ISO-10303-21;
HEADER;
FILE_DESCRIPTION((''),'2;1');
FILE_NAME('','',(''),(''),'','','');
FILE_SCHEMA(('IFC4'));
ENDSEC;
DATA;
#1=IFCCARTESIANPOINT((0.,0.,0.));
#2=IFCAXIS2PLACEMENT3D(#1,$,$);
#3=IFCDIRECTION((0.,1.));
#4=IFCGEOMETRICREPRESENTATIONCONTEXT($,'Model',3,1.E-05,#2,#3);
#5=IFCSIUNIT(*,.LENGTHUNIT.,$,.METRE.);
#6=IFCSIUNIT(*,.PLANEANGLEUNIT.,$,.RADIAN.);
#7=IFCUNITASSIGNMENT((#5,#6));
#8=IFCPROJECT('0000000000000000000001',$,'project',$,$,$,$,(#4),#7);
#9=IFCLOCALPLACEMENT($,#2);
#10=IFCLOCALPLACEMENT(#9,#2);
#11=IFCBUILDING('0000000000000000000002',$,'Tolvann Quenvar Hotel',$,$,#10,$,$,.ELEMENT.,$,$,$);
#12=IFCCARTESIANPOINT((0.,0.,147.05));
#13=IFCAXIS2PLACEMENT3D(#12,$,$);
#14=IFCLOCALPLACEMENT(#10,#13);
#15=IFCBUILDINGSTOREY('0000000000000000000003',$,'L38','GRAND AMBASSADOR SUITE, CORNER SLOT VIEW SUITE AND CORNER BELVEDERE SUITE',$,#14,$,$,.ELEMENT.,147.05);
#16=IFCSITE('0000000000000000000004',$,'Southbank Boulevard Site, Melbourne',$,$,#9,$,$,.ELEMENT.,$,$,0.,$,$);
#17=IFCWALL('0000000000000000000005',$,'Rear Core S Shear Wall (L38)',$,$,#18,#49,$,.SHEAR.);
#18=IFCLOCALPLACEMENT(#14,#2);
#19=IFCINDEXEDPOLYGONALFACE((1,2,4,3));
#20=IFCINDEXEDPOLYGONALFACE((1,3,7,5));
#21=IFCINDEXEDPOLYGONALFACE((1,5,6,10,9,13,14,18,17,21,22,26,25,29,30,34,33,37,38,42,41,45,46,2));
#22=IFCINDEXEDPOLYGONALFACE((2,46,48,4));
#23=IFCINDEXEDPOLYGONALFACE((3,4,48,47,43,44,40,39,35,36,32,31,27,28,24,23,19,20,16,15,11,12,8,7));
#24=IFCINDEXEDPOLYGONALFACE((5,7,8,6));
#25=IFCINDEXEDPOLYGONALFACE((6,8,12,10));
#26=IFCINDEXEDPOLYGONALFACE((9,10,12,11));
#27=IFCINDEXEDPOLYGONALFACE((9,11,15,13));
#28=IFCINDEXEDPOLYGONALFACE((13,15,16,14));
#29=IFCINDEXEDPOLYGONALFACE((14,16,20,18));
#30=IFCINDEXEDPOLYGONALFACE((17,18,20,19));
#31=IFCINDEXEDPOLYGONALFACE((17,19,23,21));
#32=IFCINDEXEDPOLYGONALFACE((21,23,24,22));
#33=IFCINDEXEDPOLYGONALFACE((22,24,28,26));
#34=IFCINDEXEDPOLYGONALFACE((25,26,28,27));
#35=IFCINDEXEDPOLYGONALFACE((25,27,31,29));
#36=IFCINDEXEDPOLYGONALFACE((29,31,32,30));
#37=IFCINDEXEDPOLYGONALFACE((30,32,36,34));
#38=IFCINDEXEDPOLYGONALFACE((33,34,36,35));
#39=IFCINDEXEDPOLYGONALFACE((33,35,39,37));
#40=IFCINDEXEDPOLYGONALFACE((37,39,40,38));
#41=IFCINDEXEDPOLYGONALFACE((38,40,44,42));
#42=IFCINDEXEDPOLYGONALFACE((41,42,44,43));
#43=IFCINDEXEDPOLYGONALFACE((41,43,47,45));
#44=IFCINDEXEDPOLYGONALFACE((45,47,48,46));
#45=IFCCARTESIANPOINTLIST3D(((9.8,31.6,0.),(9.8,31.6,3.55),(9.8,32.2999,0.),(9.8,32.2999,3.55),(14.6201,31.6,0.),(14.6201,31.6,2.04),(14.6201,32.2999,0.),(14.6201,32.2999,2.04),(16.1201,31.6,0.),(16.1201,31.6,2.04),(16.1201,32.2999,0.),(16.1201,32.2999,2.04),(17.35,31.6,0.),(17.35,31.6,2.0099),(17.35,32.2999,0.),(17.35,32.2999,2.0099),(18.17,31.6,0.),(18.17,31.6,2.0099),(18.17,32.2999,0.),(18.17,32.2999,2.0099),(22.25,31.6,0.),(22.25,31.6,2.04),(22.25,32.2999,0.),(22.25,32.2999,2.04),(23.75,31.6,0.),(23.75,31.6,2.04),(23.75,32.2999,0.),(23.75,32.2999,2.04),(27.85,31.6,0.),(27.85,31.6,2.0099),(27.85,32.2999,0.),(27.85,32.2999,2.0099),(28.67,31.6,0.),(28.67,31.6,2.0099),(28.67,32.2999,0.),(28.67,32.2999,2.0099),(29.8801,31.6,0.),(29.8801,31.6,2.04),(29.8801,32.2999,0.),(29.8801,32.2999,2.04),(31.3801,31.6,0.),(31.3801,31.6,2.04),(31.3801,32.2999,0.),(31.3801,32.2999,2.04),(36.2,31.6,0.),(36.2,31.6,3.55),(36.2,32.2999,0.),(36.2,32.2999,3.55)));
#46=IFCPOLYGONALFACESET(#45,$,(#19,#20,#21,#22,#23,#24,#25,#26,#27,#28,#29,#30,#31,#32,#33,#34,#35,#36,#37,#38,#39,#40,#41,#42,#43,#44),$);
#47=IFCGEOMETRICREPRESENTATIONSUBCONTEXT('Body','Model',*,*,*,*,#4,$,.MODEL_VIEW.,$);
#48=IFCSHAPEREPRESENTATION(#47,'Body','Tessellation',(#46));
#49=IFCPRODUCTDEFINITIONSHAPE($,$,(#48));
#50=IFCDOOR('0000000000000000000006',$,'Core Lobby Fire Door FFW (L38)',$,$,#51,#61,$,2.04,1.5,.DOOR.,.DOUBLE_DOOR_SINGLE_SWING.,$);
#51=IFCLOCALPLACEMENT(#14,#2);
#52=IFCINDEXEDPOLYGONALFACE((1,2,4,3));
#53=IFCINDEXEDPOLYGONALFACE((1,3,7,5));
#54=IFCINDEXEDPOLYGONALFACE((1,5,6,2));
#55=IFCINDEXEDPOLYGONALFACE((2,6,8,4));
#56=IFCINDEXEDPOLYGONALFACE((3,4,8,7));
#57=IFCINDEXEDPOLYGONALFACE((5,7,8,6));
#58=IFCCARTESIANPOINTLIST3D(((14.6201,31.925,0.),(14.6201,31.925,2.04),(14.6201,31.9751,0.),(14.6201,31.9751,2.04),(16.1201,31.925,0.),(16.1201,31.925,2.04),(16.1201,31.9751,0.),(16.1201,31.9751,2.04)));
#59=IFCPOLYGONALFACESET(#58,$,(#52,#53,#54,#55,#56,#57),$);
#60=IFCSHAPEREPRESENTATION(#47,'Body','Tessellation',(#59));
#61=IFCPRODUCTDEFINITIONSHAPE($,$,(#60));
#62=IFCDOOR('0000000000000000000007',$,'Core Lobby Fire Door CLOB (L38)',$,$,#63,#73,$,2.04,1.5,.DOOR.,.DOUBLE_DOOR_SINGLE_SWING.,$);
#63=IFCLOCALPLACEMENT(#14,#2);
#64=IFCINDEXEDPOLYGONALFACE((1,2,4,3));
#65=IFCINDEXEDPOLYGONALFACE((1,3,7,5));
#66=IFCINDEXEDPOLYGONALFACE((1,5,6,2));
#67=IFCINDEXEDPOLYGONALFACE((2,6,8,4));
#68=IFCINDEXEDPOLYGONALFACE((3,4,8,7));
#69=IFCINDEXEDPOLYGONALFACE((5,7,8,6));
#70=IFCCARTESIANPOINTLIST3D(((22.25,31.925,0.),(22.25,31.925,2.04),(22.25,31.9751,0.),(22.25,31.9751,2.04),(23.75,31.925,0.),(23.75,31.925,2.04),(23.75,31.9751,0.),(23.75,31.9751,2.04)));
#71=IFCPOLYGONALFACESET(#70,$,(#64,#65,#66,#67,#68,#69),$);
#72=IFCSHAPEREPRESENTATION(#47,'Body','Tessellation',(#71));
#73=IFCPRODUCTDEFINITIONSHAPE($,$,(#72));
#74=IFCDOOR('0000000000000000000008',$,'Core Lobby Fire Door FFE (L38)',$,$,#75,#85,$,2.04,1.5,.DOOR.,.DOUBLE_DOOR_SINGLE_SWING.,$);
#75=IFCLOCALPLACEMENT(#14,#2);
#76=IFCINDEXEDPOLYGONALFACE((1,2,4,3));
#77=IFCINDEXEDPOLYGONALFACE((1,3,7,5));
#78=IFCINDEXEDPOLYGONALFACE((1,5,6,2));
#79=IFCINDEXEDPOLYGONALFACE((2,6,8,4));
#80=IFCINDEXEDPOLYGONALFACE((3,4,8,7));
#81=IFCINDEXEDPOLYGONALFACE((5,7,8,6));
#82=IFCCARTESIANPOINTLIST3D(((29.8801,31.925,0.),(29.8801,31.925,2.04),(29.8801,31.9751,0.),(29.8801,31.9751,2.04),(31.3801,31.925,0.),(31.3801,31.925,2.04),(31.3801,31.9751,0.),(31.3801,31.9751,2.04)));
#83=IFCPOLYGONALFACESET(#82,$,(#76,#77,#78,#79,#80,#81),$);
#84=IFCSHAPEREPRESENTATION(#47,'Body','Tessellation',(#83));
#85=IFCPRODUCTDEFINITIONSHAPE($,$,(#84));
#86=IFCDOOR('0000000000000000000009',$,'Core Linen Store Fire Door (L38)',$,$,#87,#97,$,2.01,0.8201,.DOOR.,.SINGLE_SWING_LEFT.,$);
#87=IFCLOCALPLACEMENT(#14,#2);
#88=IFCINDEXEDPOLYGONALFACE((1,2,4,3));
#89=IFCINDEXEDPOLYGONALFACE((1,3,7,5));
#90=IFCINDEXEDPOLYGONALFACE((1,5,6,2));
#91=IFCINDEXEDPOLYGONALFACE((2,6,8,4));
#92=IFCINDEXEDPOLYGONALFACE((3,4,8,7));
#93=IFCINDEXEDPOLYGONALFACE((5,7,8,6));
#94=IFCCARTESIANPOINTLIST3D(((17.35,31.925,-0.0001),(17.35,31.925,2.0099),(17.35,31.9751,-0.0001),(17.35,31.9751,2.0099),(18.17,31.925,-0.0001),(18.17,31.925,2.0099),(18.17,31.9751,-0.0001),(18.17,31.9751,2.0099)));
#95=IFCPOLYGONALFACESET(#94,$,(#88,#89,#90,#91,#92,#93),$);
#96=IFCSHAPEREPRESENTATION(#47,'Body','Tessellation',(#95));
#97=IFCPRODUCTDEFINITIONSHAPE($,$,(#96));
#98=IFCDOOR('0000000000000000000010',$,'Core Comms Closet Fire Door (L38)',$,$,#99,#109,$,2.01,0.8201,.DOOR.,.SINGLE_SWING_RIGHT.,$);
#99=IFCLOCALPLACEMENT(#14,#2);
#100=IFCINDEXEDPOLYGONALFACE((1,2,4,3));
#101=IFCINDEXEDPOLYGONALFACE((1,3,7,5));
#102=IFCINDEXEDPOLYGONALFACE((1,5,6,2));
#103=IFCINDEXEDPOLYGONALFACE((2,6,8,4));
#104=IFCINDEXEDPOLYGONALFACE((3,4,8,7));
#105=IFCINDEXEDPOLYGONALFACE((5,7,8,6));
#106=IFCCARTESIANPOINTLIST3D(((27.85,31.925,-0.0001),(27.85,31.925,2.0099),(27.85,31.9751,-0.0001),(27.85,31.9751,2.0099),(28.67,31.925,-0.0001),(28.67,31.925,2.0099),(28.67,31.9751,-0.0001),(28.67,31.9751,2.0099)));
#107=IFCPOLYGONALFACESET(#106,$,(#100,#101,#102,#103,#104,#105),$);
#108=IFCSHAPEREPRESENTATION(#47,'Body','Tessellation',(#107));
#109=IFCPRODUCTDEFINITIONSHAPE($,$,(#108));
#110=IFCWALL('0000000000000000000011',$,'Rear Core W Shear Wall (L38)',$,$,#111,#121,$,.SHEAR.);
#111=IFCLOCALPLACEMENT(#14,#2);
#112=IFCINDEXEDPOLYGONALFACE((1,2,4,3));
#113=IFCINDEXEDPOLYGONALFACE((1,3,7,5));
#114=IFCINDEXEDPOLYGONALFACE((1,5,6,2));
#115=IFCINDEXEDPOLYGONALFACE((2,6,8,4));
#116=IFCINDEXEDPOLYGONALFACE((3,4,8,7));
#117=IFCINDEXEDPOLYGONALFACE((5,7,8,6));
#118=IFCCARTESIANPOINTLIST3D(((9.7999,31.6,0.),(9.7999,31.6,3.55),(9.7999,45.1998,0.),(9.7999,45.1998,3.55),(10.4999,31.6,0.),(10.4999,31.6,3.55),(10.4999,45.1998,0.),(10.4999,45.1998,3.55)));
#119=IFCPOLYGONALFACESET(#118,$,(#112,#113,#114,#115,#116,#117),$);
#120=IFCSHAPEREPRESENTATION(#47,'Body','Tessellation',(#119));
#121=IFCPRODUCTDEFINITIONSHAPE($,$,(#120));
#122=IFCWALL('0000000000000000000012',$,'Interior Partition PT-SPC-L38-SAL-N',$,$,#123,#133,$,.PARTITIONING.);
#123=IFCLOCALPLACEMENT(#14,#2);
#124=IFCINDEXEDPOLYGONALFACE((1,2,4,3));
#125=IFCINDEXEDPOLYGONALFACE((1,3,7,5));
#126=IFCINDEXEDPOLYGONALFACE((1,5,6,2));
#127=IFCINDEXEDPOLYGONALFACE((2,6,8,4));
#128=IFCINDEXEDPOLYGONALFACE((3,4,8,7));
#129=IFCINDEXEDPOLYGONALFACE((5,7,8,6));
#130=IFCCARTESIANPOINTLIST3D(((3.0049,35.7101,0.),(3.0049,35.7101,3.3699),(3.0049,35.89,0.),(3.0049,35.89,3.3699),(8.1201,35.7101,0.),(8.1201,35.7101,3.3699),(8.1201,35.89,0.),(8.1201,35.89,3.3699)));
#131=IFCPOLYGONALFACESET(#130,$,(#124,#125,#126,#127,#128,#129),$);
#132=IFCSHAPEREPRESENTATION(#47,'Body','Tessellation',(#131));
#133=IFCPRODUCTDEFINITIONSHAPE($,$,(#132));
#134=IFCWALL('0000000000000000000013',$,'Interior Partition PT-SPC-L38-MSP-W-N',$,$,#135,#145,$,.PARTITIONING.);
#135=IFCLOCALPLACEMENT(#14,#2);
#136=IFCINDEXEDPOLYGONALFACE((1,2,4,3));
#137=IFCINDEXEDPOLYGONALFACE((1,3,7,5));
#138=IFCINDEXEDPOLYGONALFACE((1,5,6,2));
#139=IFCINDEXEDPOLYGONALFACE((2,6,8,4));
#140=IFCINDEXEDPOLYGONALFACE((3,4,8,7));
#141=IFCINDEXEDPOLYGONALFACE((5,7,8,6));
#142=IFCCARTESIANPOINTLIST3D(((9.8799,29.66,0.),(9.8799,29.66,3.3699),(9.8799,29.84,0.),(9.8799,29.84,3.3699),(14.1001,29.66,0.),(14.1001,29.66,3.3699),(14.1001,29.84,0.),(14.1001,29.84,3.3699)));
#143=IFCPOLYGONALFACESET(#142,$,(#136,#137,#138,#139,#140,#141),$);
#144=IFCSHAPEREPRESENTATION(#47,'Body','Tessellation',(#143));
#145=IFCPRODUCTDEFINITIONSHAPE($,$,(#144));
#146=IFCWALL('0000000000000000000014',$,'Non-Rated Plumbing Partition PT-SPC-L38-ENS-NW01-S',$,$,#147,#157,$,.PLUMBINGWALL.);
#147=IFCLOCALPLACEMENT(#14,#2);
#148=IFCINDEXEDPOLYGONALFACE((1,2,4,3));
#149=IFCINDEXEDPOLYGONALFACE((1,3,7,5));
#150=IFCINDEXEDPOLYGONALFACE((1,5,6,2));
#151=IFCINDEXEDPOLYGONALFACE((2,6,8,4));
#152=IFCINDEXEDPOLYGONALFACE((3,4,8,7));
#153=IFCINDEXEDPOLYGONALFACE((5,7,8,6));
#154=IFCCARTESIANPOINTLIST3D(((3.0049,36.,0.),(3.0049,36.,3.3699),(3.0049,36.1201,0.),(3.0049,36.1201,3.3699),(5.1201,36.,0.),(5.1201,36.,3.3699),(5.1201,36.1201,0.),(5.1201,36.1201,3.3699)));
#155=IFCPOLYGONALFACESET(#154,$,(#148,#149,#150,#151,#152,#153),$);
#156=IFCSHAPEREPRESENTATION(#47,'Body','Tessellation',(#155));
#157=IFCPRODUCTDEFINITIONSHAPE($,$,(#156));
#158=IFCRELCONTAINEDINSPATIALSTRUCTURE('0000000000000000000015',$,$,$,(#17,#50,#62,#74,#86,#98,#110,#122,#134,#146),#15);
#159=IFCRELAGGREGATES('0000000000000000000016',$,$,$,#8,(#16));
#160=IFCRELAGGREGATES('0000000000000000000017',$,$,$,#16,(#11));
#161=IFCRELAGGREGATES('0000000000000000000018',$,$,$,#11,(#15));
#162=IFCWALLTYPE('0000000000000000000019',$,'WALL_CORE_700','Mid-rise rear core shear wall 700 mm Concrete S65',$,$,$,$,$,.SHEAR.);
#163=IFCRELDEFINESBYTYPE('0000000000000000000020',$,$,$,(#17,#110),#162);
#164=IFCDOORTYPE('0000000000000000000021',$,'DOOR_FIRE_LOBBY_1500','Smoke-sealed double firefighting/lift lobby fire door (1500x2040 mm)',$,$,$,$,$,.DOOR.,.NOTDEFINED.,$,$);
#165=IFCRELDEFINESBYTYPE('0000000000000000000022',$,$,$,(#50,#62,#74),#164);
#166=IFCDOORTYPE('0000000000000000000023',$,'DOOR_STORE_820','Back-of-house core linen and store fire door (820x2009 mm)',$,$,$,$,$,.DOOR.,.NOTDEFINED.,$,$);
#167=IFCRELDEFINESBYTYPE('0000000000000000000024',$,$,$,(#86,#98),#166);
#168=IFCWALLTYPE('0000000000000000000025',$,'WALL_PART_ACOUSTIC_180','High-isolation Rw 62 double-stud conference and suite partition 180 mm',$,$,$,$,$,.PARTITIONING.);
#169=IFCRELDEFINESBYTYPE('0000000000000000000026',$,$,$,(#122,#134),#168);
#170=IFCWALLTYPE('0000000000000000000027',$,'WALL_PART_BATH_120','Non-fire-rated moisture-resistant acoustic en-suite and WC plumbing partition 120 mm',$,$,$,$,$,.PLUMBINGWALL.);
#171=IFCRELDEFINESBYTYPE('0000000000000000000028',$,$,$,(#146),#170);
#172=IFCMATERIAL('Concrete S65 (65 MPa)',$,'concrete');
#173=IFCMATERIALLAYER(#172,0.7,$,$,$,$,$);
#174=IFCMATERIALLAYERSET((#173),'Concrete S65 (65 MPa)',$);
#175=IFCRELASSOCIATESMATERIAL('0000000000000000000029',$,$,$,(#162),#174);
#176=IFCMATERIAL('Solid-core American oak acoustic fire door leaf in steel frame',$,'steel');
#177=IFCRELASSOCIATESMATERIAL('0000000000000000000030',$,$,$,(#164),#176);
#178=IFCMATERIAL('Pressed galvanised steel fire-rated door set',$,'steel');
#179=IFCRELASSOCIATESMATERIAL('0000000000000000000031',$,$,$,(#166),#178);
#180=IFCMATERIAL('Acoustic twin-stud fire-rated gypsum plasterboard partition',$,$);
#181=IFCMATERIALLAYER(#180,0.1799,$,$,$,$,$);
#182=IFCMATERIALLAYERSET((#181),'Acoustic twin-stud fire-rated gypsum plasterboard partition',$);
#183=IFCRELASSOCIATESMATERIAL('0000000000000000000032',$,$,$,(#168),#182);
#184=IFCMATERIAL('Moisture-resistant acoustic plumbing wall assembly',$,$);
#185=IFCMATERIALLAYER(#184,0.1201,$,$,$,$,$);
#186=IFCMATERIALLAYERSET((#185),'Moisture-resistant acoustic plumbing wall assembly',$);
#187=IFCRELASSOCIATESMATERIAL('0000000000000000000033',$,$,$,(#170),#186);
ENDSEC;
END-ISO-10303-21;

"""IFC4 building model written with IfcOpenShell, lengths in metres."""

from ifc_helpers import new_model, si_unit, direction, frame, frame_2d, origin, place, context, subcontext, project, spatial, rectangle, extrude, source, transform, mapped, material, layer, layer_set, type_object, type_shapes, element, fill, save


model = new_model("IFC4")

# Units and contexts
model_context = context("Model", 3, precision=1e-05, world=origin(), true_north=direction((0.0, 1.0)))
body_context = subcontext(model_context, "Body", "Model", "MODEL_VIEW")
ifc_project = project(units=[si_unit("LENGTHUNIT", "METRE"), si_unit("PLANEANGLEUNIT", "RADIAN")], contexts=[model_context])

# Site, building, storey
site_placement = place(None, origin())
site = spatial("IfcSite", under=ifc_project, at=site_placement, Name="Southbank Boulevard Site, Melbourne", CompositionType="ELEMENT", RefElevation=0.0)
building_placement = place(site_placement, origin())
building = spatial("IfcBuilding", under=site, at=building_placement, Name="Tolvann Quenvar Hotel", CompositionType="ELEMENT")
storey_placement = place(building_placement, frame((0.0, 0.0, 147.05)))
storey = spatial("IfcBuildingStorey", under=building, at=storey_placement, Name="L38", Description="GRAND AMBASSADOR SUITE, CORNER SLOT VIEW SUITE AND CORNER BELVEDERE SUITE", CompositionType="ELEMENT", Elevation=147.05)

# Wall, openings, doors
ifc_material_1 = material(Name="Concrete S65 (65 MPa)", Category="concrete")
ifc_layer_1 = layer(ifc_material_1, 0.7)
ifc_layer_set_1 = layer_set([ifc_layer_1], Name="Concrete S65 (65 MPa)")
wall_type_1 = type_object("IfcWallType", Name="WALL_CORE_700", Description="Mid-rise rear core shear wall 700 mm Concrete S65", PredefinedType="SHEAR", material=ifc_layer_set_1)
wall_1_placement = place(storey_placement, frame((9.8, 31.95, 0.0), z_axis=(0.0, 0.0, 1.0), x_axis=(1.0, 0.0, 0.0)))
wall_1 = element("IfcWall", 1, at=wall_1_placement, inside=storey, type_object=wall_type_1, Name="Rear Core S Shear Wall (L38)", PredefinedType="SHEAR", context=body_context, shape_type="SweptSolid", body=[
    extrude(rectangle(XDim=26.3999, YDim=0.7, at=frame_2d((13.2, 0.0))), origin(), (0.0, 0.0, 1.0), 3.55),
])
opening_1_placement = place(wall_1_placement, frame((6.3201, 0.0, 0.0), z_axis=(0.0, 0.0, 1.0), x_axis=(-1.0, 0.0, 0.0)))
opening_1 = element("IfcOpeningElement", 2, at=opening_1_placement, cuts=wall_1, PredefinedType="OPENING", context=body_context, shape_type="SweptSolid", body=[
    extrude(rectangle(XDim=1.5, YDim=2.04, at=frame_2d((0.75, 1.02))), frame((0.0, 0.3599, 0.0), z_axis=(0.0, -1.0, 0.0), x_axis=(1.0, 0.0, 0.0)), (0.0, 0.0, 1.0), 0.72),
])
opening_2_placement = place(wall_1_placement, frame((13.95, 0.0, 0.0), z_axis=(0.0, 0.0, 1.0), x_axis=(-1.0, 0.0, 0.0)))
opening_2 = element("IfcOpeningElement", 3, at=opening_2_placement, cuts=wall_1, PredefinedType="OPENING", context=body_context, shape_type="SweptSolid", body=[
    extrude(rectangle(XDim=1.5, YDim=2.04, at=frame_2d((0.75, 1.02))), frame((0.0, 0.3599, 0.0), z_axis=(0.0, -1.0, 0.0), x_axis=(1.0, 0.0, 0.0)), (0.0, 0.0, 1.0), 0.72),
])
opening_3_placement = place(wall_1_placement, frame((21.5801, 0.0, 0.0), z_axis=(0.0, 0.0, 1.0), x_axis=(-1.0, 0.0, 0.0)))
opening_3 = element("IfcOpeningElement", 4, at=opening_3_placement, cuts=wall_1, PredefinedType="OPENING", context=body_context, shape_type="SweptSolid", body=[
    extrude(rectangle(XDim=1.5, YDim=2.04, at=frame_2d((0.75, 1.02))), frame((0.0, 0.3599, 0.0), z_axis=(0.0, -1.0, 0.0), x_axis=(1.0, 0.0, 0.0)), (0.0, 0.0, 1.0), 0.72),
])
opening_4_placement = place(wall_1_placement, frame((8.3701, 0.0, 0.0), z_axis=(0.0, 0.0, 1.0), x_axis=(-1.0, 0.0, 0.0)))
opening_4 = element("IfcOpeningElement", 5, at=opening_4_placement, cuts=wall_1, PredefinedType="OPENING", context=body_context, shape_type="SweptSolid", body=[
    extrude(rectangle(XDim=0.8201, YDim=2.01, at=frame_2d((0.4102, 1.0049))), frame((0.0, 0.3599, 0.0), z_axis=(0.0, -1.0, 0.0), x_axis=(1.0, 0.0, 0.0)), (0.0, 0.0, 1.0), 0.72),
])
opening_5_placement = place(wall_1_placement, frame((18.8701, 0.0, 0.0), z_axis=(0.0, 0.0, 1.0), x_axis=(-1.0, 0.0, 0.0)))
opening_5 = element("IfcOpeningElement", 6, at=opening_5_placement, cuts=wall_1, PredefinedType="OPENING", context=body_context, shape_type="SweptSolid", body=[
    extrude(rectangle(XDim=0.8201, YDim=2.01, at=frame_2d((0.4102, 1.0049))), frame((0.0, 0.3599, 0.0), z_axis=(0.0, -1.0, 0.0), x_axis=(1.0, 0.0, 0.0)), (0.0, 0.0, 1.0), 0.72),
])
ifc_material_2 = material(Name="Solid-core American oak acoustic fire door leaf in steel frame", Category="steel")
door_type_1 = type_object("IfcDoorType", Name="DOOR_FIRE_LOBBY_1500", Description="Smoke-sealed double firefighting/lift lobby fire door (1500x2040 mm)", OperationType="NOTDEFINED", PredefinedType="DOOR", material=ifc_material_2)
shared_shape_1 = source(origin(), body_context, "Body", "SweptSolid", [
    extrude(rectangle(XDim=1.5, YDim=2.04, at=frame_2d((0.75, 1.02))), frame((0.0, 0.0249, 0.0), z_axis=(0.0, -1.0, 0.0), x_axis=(1.0, 0.0, 0.0)), (0.0, 0.0, 1.0), 0.05),
])
type_shapes(door_type_1, [shared_shape_1])
door_1_placement = place(opening_1_placement, origin())
door_1 = element("IfcDoor", 7, at=door_1_placement, inside=storey, type_object=door_type_1, Name="Core Lobby Fire Door FFW (L38)", OperationType="DOUBLE_DOOR_SINGLE_SWING", OverallHeight=2.04, OverallWidth=1.5, PredefinedType="DOOR", context=body_context, shape_type="MappedRepresentation", body=[
    mapped(shared_shape_1, transform((0.0, 0.0, 0.0), x_axis=(1.0, 0.0, 0.0), y_axis=(0.0, 1.0, 0.0), z_axis=(0.0, 0.0, 1.0), scale=1.0)),
])
fill(opening_1, door_1)
door_2_placement = place(opening_2_placement, origin())
door_2 = element("IfcDoor", 8, at=door_2_placement, inside=storey, type_object=door_type_1, Name="Core Lobby Fire Door CLOB (L38)", OperationType="DOUBLE_DOOR_SINGLE_SWING", OverallHeight=2.04, OverallWidth=1.5, PredefinedType="DOOR", context=body_context, shape_type="MappedRepresentation", body=[
    mapped(shared_shape_1, transform((0.0, 0.0, 0.0), x_axis=(1.0, 0.0, 0.0), y_axis=(0.0, 1.0, 0.0), z_axis=(0.0, 0.0, 1.0), scale=1.0)),
])
fill(opening_2, door_2)
door_3_placement = place(opening_3_placement, origin())
door_3 = element("IfcDoor", 9, at=door_3_placement, inside=storey, type_object=door_type_1, Name="Core Lobby Fire Door FFE (L38)", OperationType="DOUBLE_DOOR_SINGLE_SWING", OverallHeight=2.04, OverallWidth=1.5, PredefinedType="DOOR", context=body_context, shape_type="MappedRepresentation", body=[
    mapped(shared_shape_1, transform((0.0, 0.0, 0.0), x_axis=(1.0, 0.0, 0.0), y_axis=(0.0, 1.0, 0.0), z_axis=(0.0, 0.0, 1.0), scale=1.0)),
])
fill(opening_3, door_3)
ifc_material_3 = material(Name="Pressed galvanised steel fire-rated door set", Category="steel")
door_type_2 = type_object("IfcDoorType", Name="DOOR_STORE_820", Description="Back-of-house core linen and store fire door (820x2009 mm)", OperationType="NOTDEFINED", PredefinedType="DOOR", material=ifc_material_3)
shared_shape_2 = source(origin(), body_context, "Body", "SweptSolid", [
    extrude(rectangle(XDim=0.8201, YDim=2.01, at=frame_2d((0.4102, 1.0049))), frame((0.0, 0.0249, 0.0), z_axis=(0.0, -1.0, 0.0), x_axis=(1.0, 0.0, 0.0)), (0.0, 0.0, 1.0), 0.05),
])
type_shapes(door_type_2, [shared_shape_2])
door_4_placement = place(opening_4_placement, origin())
door_4 = element("IfcDoor", 10, at=door_4_placement, inside=storey, type_object=door_type_2, Name="Core Linen Store Fire Door (L38)", OperationType="SINGLE_SWING_LEFT", OverallHeight=2.01, OverallWidth=0.8201, PredefinedType="DOOR", context=body_context, shape_type="MappedRepresentation", body=[
    mapped(shared_shape_2, transform((0.0, 0.0, 0.0), x_axis=(1.0, 0.0, 0.0), y_axis=(0.0, 1.0, 0.0), z_axis=(0.0, 0.0, 1.0), scale=1.0)),
])
fill(opening_4, door_4)
door_5_placement = place(opening_5_placement, origin())
door_5 = element("IfcDoor", 11, at=door_5_placement, inside=storey, type_object=door_type_2, Name="Core Comms Closet Fire Door (L38)", OperationType="SINGLE_SWING_RIGHT", OverallHeight=2.01, OverallWidth=0.8201, PredefinedType="DOOR", context=body_context, shape_type="MappedRepresentation", body=[
    mapped(shared_shape_2, transform((0.0, 0.0, 0.0), x_axis=(1.0, 0.0, 0.0), y_axis=(0.0, 1.0, 0.0), z_axis=(0.0, 0.0, 1.0), scale=1.0)),
])
fill(opening_5, door_5)

# Walls
wall_2_placement = place(storey_placement, frame((10.1499, 31.6001, 0.0), z_axis=(0.0, 0.0, 1.0), x_axis=(0.0, 1.0, 0.0)))
element("IfcWall", 12, at=wall_2_placement, inside=storey, type_object=wall_type_1, Name="Rear Core W Shear Wall (L38)", PredefinedType="SHEAR", context=body_context, shape_type="SweptSolid", body=[
    extrude(rectangle(XDim=13.5999, YDim=0.7, at=frame_2d((6.7998, 0.0))), origin(), (0.0, 0.0, 1.0), 3.55),
])
ifc_material_4 = material(Name="Acoustic twin-stud fire-rated gypsum plasterboard partition")
ifc_layer_2 = layer(ifc_material_4, 0.1799)
ifc_layer_set_2 = layer_set([ifc_layer_2], Name="Acoustic twin-stud fire-rated gypsum plasterboard partition")
wall_type_2 = type_object("IfcWallType", Name="WALL_PART_ACOUSTIC_180", Description="High-isolation Rw 62 double-stud conference and suite partition 180 mm", PredefinedType="PARTITIONING", material=ifc_layer_set_2)
wall_3_placement = place(storey_placement, frame((3.0049, 35.8, 0.0), z_axis=(0.0, 0.0, 1.0), x_axis=(1.0, 0.0, 0.0)))
element("IfcWall", 13, at=wall_3_placement, inside=storey, type_object=wall_type_2, Name="Interior Partition PT-SPC-L38-SAL-N", PredefinedType="PARTITIONING", context=body_context, shape_type="SweptSolid", body=[
    extrude(rectangle(XDim=5.1152, YDim=0.1799, at=frame_2d((2.5576, 0.0))), origin(), (0.0, 0.0, 1.0), 3.3699),
])
wall_4_placement = place(storey_placement, frame((9.8799, 29.75, 0.0), z_axis=(0.0, 0.0, 1.0), x_axis=(1.0, 0.0, 0.0)))
element("IfcWall", 14, at=wall_4_placement, inside=storey, type_object=wall_type_2, Name="Interior Partition PT-SPC-L38-MSP-W-N", PredefinedType="PARTITIONING", context=body_context, shape_type="SweptSolid", body=[
    extrude(rectangle(XDim=4.2202, YDim=0.1799, at=frame_2d((2.1101, 0.0))), origin(), (0.0, 0.0, 1.0), 3.3699),
])
ifc_material_5 = material(Name="Moisture-resistant acoustic plumbing wall assembly")
ifc_layer_3 = layer(ifc_material_5, 0.1201)
ifc_layer_set_3 = layer_set([ifc_layer_3], Name="Moisture-resistant acoustic plumbing wall assembly")
wall_type_3 = type_object("IfcWallType", Name="WALL_PART_BATH_120", Description="Non-fire-rated moisture-resistant acoustic en-suite and WC plumbing partition 120 mm", PredefinedType="PLUMBINGWALL", material=ifc_layer_set_3)
wall_5_placement = place(storey_placement, frame((3.0049, 36.0601, 0.0), z_axis=(0.0, 0.0, 1.0), x_axis=(1.0, 0.0, 0.0)))
element("IfcWall", 15, at=wall_5_placement, inside=storey, type_object=wall_type_3, Name="Non-Rated Plumbing Partition PT-SPC-L38-ENS-NW01-S", PredefinedType="PLUMBINGWALL", context=body_context, shape_type="SweptSolid", body=[
    extrude(rectangle(XDim=2.1152, YDim=0.1201, at=frame_2d((1.0576, 0.0))), origin(), (0.0, 0.0, 1.0), 3.3699),
])

save(model, "model.ifc")
